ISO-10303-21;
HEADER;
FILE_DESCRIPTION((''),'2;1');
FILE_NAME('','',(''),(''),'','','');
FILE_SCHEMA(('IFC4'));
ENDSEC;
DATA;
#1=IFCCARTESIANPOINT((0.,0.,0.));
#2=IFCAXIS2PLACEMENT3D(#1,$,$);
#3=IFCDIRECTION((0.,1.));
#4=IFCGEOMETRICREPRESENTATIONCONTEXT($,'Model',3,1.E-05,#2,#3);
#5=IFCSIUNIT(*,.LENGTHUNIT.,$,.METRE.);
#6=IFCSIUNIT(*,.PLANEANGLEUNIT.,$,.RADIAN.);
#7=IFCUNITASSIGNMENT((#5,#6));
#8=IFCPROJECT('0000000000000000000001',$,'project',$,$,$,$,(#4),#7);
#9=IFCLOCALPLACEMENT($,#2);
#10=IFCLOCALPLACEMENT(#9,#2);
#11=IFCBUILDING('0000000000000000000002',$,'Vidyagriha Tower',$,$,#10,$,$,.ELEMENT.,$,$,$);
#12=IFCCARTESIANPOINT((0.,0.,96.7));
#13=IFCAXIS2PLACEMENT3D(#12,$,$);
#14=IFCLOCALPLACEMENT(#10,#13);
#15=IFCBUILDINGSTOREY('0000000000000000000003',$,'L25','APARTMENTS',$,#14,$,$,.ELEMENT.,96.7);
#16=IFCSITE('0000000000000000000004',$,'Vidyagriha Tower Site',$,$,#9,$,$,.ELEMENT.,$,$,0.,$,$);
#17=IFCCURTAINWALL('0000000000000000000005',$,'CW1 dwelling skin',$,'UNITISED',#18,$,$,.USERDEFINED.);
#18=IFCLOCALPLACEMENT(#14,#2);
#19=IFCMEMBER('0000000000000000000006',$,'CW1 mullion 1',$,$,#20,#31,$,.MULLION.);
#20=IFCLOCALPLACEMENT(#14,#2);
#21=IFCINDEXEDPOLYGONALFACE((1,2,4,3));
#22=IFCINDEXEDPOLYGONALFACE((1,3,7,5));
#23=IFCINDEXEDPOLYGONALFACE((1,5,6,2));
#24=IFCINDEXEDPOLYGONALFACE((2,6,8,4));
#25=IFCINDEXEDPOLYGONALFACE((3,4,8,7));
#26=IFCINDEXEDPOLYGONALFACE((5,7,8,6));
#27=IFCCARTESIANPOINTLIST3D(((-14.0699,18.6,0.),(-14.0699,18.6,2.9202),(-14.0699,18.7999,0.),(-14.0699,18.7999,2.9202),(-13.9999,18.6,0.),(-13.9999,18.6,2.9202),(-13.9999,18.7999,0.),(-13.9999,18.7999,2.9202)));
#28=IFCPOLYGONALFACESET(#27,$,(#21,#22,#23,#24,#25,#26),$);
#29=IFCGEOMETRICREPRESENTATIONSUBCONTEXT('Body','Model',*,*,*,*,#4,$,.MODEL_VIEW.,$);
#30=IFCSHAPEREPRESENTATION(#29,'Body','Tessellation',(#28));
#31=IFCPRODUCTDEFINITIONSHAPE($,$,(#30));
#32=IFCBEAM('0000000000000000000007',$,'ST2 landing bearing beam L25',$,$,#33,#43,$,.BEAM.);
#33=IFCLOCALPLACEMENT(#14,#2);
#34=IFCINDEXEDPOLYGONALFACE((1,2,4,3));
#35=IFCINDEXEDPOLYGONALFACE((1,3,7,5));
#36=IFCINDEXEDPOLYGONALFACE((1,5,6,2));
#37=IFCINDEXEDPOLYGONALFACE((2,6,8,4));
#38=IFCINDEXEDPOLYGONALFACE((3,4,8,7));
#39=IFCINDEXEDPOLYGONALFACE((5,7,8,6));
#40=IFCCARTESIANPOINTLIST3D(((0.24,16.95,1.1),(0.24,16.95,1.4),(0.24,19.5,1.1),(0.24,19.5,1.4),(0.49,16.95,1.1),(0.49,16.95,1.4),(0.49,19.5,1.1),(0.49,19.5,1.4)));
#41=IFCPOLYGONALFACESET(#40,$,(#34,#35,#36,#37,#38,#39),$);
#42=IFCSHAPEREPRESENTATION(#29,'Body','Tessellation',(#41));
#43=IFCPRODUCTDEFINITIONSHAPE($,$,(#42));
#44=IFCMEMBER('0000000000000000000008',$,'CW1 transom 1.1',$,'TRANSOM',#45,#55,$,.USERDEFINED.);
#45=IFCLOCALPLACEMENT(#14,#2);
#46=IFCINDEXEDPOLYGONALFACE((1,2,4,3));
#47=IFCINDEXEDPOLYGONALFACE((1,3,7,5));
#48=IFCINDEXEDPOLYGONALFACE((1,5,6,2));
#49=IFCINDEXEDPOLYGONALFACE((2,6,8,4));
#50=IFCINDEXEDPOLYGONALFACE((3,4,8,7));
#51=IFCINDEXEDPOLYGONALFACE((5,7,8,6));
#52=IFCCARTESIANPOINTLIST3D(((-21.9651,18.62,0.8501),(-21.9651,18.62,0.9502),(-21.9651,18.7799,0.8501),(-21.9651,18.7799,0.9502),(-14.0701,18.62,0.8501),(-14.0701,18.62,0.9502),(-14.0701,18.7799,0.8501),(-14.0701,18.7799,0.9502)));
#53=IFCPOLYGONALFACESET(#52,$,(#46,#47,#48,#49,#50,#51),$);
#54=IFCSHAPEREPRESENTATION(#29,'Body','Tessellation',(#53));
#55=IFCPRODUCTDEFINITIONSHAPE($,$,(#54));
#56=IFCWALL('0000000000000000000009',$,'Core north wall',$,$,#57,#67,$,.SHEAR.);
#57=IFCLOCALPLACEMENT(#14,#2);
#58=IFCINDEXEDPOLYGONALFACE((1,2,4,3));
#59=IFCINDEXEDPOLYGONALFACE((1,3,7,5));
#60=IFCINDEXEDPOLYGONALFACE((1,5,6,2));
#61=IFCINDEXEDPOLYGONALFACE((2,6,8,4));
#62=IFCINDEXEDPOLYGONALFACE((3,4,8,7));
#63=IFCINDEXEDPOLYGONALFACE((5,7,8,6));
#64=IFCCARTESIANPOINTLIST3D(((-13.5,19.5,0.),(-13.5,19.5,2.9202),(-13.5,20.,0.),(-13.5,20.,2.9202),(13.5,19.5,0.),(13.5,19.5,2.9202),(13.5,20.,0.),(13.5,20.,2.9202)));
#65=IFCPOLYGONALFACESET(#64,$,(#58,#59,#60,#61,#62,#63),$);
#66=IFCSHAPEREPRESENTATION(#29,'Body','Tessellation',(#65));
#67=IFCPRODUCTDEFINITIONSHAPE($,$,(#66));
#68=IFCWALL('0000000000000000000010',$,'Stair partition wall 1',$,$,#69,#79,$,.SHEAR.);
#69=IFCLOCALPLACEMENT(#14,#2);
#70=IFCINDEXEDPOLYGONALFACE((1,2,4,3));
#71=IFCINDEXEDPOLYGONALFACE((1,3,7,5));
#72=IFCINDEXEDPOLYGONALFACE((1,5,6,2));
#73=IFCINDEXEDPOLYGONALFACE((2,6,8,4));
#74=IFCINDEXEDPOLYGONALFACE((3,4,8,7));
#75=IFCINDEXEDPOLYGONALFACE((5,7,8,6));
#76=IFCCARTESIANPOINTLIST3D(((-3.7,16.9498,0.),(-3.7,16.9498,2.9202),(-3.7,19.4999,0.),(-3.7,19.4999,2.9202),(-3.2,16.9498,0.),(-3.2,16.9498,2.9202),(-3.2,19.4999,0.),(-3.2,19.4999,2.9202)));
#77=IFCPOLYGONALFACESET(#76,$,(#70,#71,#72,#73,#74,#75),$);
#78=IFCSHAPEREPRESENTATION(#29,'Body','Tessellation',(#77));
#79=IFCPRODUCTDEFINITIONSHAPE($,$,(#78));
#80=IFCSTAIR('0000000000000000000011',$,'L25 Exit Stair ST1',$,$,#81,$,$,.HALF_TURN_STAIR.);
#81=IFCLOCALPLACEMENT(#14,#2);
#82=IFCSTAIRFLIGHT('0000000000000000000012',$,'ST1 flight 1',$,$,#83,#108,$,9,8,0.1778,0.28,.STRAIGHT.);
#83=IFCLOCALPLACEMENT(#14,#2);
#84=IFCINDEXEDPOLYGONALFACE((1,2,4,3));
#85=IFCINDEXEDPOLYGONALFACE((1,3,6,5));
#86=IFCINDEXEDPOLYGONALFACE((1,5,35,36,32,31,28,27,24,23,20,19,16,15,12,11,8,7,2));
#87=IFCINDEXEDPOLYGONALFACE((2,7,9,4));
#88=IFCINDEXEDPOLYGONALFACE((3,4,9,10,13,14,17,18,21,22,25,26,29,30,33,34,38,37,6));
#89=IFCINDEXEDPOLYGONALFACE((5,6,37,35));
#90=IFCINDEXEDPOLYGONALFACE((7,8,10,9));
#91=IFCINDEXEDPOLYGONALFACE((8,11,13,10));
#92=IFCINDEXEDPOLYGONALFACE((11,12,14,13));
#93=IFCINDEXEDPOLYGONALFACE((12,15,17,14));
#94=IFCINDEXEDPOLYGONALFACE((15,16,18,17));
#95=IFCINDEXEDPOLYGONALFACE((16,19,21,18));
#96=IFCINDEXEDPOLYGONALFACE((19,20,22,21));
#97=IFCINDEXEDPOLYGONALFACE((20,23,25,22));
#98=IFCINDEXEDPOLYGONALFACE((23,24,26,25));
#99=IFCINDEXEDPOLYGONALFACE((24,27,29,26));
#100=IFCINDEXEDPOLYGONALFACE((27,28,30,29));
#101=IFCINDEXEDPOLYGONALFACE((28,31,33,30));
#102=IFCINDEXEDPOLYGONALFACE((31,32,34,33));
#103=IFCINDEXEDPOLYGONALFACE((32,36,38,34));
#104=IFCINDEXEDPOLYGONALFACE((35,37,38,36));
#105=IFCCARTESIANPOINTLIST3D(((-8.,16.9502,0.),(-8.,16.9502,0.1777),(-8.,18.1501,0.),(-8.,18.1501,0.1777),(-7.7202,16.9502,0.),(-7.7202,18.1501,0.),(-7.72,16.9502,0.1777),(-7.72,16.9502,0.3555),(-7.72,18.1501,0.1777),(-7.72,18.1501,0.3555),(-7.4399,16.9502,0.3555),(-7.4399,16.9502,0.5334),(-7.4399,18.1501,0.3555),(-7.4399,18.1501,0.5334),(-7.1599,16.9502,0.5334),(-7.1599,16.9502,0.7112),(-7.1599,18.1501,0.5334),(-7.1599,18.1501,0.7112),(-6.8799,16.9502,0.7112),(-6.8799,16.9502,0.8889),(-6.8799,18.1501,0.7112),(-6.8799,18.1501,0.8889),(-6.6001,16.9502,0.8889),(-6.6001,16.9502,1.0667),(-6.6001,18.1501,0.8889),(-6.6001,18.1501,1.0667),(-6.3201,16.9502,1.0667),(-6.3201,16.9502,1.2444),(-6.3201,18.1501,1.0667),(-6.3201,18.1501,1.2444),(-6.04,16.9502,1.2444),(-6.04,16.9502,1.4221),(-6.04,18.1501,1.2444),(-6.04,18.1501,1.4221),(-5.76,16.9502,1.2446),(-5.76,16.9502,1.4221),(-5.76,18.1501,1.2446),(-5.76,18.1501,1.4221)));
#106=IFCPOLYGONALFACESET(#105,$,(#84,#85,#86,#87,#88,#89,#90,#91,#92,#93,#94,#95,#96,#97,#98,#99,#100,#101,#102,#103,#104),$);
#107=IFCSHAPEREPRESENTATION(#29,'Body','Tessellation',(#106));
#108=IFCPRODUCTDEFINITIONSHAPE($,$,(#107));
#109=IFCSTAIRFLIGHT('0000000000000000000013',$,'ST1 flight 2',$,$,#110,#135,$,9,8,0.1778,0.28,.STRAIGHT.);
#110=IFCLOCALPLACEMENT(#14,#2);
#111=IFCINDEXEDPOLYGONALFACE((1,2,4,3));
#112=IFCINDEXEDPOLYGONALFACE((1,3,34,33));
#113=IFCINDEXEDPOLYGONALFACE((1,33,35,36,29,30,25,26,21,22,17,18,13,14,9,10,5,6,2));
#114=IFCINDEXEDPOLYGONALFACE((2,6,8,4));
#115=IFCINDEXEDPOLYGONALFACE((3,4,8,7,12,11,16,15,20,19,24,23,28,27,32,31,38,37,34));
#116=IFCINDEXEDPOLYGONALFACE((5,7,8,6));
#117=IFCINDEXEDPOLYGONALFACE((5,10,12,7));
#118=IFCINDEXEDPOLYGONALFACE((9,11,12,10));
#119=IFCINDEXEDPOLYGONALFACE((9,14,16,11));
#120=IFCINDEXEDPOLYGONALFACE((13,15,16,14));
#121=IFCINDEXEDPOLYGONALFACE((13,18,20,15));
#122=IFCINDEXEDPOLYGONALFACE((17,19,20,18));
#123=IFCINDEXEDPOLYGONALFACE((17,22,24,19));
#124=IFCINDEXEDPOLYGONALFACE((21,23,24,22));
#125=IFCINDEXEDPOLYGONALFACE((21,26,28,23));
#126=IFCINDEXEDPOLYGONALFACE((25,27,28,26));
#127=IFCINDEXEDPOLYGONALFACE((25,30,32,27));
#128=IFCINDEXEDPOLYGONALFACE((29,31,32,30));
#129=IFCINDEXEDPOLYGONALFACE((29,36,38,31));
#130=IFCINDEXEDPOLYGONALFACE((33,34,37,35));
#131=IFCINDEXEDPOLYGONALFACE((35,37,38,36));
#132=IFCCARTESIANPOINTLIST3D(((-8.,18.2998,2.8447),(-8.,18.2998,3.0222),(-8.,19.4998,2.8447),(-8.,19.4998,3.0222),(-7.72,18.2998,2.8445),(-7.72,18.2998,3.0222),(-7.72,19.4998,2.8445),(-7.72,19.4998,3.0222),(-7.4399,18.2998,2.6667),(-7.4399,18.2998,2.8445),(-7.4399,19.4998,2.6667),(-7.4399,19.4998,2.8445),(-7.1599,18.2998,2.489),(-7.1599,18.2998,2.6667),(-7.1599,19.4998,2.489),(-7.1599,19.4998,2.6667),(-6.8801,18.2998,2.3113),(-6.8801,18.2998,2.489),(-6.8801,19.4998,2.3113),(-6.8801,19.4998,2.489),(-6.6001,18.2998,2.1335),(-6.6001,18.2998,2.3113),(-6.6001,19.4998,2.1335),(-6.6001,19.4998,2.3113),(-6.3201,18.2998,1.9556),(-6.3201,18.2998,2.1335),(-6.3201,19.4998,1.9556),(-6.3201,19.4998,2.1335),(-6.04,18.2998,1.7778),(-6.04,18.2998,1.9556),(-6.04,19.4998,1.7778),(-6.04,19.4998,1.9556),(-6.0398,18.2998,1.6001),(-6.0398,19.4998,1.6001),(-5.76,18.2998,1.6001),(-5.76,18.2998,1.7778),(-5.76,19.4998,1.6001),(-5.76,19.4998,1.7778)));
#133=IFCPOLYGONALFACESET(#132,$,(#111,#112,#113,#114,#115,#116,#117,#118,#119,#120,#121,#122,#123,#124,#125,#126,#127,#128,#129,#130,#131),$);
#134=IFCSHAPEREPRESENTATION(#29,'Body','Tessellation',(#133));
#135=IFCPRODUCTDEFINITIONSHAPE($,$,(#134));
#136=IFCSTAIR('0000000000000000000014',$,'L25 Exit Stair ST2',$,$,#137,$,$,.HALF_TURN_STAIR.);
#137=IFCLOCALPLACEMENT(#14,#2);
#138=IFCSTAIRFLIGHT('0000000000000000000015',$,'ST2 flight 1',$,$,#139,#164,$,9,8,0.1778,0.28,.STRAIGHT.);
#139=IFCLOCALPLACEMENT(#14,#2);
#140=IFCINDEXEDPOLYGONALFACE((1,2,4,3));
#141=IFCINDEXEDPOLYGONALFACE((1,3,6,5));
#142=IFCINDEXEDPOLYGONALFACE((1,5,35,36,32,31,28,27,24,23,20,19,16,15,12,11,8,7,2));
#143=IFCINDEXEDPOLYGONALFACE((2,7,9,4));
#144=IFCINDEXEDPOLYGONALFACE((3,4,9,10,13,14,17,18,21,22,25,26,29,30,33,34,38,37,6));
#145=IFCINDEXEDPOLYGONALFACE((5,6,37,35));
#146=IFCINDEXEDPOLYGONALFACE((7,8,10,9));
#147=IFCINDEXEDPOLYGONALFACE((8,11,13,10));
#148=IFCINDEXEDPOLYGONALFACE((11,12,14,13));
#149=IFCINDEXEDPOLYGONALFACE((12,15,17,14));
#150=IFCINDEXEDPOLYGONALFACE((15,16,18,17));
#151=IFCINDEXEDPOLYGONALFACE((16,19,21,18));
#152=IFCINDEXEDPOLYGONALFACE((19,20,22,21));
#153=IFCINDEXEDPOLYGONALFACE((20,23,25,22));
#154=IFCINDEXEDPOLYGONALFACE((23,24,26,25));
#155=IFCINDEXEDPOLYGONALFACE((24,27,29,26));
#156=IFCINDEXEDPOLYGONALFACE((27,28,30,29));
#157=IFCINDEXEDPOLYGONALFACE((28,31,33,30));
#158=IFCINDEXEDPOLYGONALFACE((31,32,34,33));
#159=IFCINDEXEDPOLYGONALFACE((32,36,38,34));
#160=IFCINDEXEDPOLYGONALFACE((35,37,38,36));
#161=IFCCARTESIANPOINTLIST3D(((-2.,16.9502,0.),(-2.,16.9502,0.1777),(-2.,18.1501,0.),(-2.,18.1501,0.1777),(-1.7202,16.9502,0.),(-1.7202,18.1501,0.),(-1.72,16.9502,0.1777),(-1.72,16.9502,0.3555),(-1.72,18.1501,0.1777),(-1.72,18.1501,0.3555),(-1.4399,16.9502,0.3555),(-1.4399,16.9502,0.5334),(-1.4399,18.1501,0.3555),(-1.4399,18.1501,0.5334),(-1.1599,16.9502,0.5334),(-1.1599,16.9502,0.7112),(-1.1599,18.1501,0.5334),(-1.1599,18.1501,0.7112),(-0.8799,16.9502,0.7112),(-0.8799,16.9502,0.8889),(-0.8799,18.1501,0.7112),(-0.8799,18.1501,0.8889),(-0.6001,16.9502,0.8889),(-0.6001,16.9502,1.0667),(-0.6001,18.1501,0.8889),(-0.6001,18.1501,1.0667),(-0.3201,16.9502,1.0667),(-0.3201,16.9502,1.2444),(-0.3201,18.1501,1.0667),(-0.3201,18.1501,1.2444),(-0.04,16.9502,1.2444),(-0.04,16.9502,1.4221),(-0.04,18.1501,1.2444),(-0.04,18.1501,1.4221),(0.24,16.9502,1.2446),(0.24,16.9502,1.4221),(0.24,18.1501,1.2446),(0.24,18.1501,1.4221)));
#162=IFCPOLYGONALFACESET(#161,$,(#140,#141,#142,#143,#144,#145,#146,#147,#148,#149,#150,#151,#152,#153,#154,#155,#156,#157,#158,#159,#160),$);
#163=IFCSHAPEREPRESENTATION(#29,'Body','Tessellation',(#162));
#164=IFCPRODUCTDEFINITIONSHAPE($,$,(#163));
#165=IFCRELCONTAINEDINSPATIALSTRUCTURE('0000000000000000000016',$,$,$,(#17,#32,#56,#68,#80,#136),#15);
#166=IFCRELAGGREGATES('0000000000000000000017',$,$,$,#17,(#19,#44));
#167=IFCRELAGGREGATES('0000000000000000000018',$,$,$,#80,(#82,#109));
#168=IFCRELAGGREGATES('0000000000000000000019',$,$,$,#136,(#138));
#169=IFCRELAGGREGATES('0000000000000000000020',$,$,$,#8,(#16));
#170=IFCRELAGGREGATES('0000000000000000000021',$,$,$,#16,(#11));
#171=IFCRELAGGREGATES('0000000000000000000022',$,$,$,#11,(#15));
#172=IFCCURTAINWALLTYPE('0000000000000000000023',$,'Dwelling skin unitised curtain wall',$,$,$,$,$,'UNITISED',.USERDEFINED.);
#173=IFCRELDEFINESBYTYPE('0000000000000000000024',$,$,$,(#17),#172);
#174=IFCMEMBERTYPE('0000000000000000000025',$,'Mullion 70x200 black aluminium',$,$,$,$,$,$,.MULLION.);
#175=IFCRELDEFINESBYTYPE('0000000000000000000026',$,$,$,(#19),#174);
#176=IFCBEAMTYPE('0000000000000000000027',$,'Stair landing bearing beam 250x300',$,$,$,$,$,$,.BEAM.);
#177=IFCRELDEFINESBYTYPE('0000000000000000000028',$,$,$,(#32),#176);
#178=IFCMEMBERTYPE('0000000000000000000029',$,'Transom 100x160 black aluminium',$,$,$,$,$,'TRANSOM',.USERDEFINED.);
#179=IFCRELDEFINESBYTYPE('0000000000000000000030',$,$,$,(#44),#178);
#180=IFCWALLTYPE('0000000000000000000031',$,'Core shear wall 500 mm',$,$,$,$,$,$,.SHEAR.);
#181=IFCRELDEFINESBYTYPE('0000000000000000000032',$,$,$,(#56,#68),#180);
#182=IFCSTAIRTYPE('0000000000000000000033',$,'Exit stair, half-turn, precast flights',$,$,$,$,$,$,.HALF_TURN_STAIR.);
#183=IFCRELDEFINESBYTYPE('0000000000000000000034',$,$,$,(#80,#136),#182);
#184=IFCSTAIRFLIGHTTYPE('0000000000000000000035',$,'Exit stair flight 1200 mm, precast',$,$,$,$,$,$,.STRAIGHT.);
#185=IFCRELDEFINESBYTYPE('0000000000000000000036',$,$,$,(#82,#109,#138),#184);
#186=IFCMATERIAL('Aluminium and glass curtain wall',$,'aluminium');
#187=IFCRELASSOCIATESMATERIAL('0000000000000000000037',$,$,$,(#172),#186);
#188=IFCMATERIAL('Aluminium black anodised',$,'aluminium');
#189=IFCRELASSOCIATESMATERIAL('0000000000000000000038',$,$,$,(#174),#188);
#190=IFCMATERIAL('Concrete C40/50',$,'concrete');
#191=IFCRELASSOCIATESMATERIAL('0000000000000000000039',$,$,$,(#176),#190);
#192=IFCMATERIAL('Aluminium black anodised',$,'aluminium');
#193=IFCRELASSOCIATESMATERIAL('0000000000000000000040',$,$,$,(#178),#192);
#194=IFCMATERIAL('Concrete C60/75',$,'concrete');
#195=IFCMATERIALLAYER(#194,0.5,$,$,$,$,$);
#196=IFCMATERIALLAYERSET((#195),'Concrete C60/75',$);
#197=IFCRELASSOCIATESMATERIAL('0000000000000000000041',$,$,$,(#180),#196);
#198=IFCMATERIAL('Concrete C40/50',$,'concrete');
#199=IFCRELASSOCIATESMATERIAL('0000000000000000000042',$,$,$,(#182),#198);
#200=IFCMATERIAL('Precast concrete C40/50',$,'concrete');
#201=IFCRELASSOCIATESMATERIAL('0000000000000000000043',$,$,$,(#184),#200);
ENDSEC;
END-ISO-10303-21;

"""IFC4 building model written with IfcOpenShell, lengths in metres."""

from ifc_helpers import new_model, si_unit, direction, frame, frame_2d, origin, origin_2d, place, context, subcontext, project, spatial, polyline, rectangle, outline, extrude, material, layer, layer_set, material_profile, profile_set, type_object, element, aggregate, save


model = new_model("IFC4")

# Units and contexts
model_context = context("Model", 3, precision=1e-05, world=origin(), true_north=direction((0.0, 1.0)))
body_context = subcontext(model_context, "Body", "Model", "MODEL_VIEW")
ifc_project = project(units=[si_unit("LENGTHUNIT", "METRE"), si_unit("PLANEANGLEUNIT", "RADIAN")], contexts=[model_context])

# Site, building, storey
site_placement = place(None, origin())
site = spatial("IfcSite", under=ifc_project, at=site_placement, Name="Vidyagriha Tower Site", CompositionType="ELEMENT", RefElevation=0.0)
building_placement = place(site_placement, origin())
building = spatial("IfcBuilding", under=site, at=building_placement, Name="Vidyagriha Tower", CompositionType="ELEMENT")
storey_placement = place(building_placement, frame((0.0, 0.0, 96.7)))
storey = spatial("IfcBuildingStorey", under=building, at=storey_placement, Name="L25", Description="APARTMENTS", CompositionType="ELEMENT", Elevation=96.7)

# Curtain wall, member
ifc_material_1 = material(Name="Aluminium and glass curtain wall", Category="aluminium")
curtain_wall_type = type_object("IfcCurtainWallType", Name="Dwelling skin unitised curtain wall", ElementType="UNITISED", PredefinedType="USERDEFINED", material=ifc_material_1)
curtain_wall_placement = place(storey_placement, origin())
curtain_wall = element("IfcCurtainWall", 1, at=curtain_wall_placement, inside=storey, type_object=curtain_wall_type, Name="CW1 dwelling skin", ObjectType="UNITISED", PredefinedType="USERDEFINED")
ifc_material_2 = material(Name="Aluminium black anodised", Category="aluminium")
ifc_material_profile_1 = material_profile(ifc_material_2, rectangle(XDim=0.2, YDim=0.0701, at=origin_2d()), Name="Mullion 70x200 black aluminium")
ifc_profile_set_1 = profile_set([ifc_material_profile_1], Name="Aluminium black anodised")
member_type_1 = type_object("IfcMemberType", Name="Mullion 70x200 black aluminium", PredefinedType="MULLION", material=ifc_profile_set_1)
member_1_placement = place(storey_placement, frame((-14.0349, 18.7, 0.0), z_axis=(0.0, 0.0, 1.0), x_axis=(0.0, -1.0, 0.0)))
member_1 = element("IfcMember", 2, at=member_1_placement, type_object=member_type_1, Name="CW1 mullion 1", PredefinedType="MULLION", context=body_context, shape_type="SweptSolid", body=[
    extrude(rectangle(XDim=0.2, YDim=0.0701, at=origin_2d()), origin(), (0.0, 0.0, 1.0), 2.9202),
])

# Beam
ifc_material_3 = material(Name="Concrete C40/50", Category="concrete")
ifc_material_profile_2 = material_profile(ifc_material_3, rectangle(XDim=0.25, YDim=0.3, at=origin_2d()), Name="Stair landing bearing beam 250x300")
ifc_profile_set_2 = profile_set([ifc_material_profile_2], Name="Concrete C40/50")
beam_type = type_object("IfcBeamType", Name="Stair landing bearing beam 250x300", PredefinedType="BEAM", material=ifc_profile_set_2)
beam_placement = place(storey_placement, frame((0.365, 16.95, 1.25), z_axis=(0.0, 1.0, 0.0), x_axis=(-1.0, 0.0, 0.0)))
element("IfcBeam", 3, at=beam_placement, inside=storey, type_object=beam_type, Name="ST2 landing bearing beam L25", PredefinedType="BEAM", context=body_context, shape_type="SweptSolid", body=[
    extrude(rectangle(XDim=0.25, YDim=0.3, at=origin_2d()), origin(), (0.0, 0.0, 1.0), 2.55),
])

# Member
ifc_material_4 = material(Name="Aluminium black anodised", Category="aluminium")
ifc_material_profile_3 = material_profile(ifc_material_4, rectangle(XDim=0.1599, YDim=0.1001, at=origin_2d()), Name="Transom 100x160 black aluminium")
ifc_profile_set_3 = profile_set([ifc_material_profile_3], Name="Aluminium black anodised")
member_type_2 = type_object("IfcMemberType", Name="Transom 100x160 black aluminium", ElementType="TRANSOM", PredefinedType="USERDEFINED", material=ifc_profile_set_3)
member_2_placement = place(storey_placement, frame((-14.0701, 18.7, 0.9001), z_axis=(-1.0, 0.0, 0.0), x_axis=(0.0, -1.0, 0.0)))
member_2 = element("IfcMember", 4, at=member_2_placement, type_object=member_type_2, Name="CW1 transom 1.1", ObjectType="TRANSOM", PredefinedType="USERDEFINED", context=body_context, shape_type="SweptSolid", body=[
    extrude(rectangle(XDim=0.1599, YDim=0.1001, at=origin_2d()), origin(), (0.0, 0.0, 1.0), 7.895),
])
aggregate(curtain_wall, [member_1, member_2])

# Walls
ifc_material_5 = material(Name="Concrete C60/75", Category="concrete")
ifc_layer_1 = layer(ifc_material_5, 0.5)
ifc_layer_set_1 = layer_set([ifc_layer_1], Name="Concrete C60/75")
wall_type = type_object("IfcWallType", Name="Core shear wall 500 mm", PredefinedType="SHEAR", material=ifc_layer_set_1)
wall_1_placement = place(storey_placement, frame((-13.5, 19.75, 0.0)))
element("IfcWall", 5, at=wall_1_placement, inside=storey, type_object=wall_type, Name="Core north wall", PredefinedType="SHEAR", context=body_context, shape_type="SweptSolid", body=[
    extrude(rectangle(XDim=27.0, YDim=0.5, at=frame_2d((13.5, 0.0))), origin(), (0.0, 0.0, 1.0), 2.9202),
])
wall_2_placement = place(storey_placement, frame((-3.45, 16.95, 0.0), z_axis=(0.0, 0.0, 1.0), x_axis=(0.0, 1.0, 0.0)))
element("IfcWall", 6, at=wall_2_placement, inside=storey, type_object=wall_type, Name="Stair partition wall 1", PredefinedType="SHEAR", context=body_context, shape_type="SweptSolid", body=[
    extrude(rectangle(XDim=2.55, YDim=0.5, at=frame_2d((1.2749, 0.0))), origin(), (0.0, 0.0, 1.0), 2.9202),
])

# Stairs, stair flights
ifc_material_6 = material(Name="Concrete C40/50", Category="concrete")
stair_type = type_object("IfcStairType", Name="Exit stair, half-turn, precast flights", PredefinedType="HALF_TURN_STAIR", material=ifc_material_6)
stair_1_placement = place(storey_placement, origin())
stair_1 = element("IfcStair", 7, at=stair_1_placement, inside=storey, type_object=stair_type, Name="L25 Exit Stair ST1", PredefinedType="HALF_TURN_STAIR")
ifc_material_7 = material(Name="Precast concrete C40/50", Category="concrete")
stair_flight_type = type_object("IfcStairFlightType", Name="Exit stair flight 1200 mm, precast", PredefinedType="STRAIGHT", material=ifc_material_7)
stair_flight_1_placement = place(storey_placement, frame((-8.0, 17.55, 0.0)))
stair_flight_1 = element("IfcStairFlight", 8, at=stair_flight_1_placement, type_object=stair_flight_type, Name="ST1 flight 1", NumberOfRisers=9, NumberOfTreads=8, PredefinedType="STRAIGHT", RiserHeight=0.1778, TreadLength=0.28, context=body_context, shape_type="SweptSolid", body=[
    extrude(outline(polyline([(0.0, 0.0), (0.0, 0.1777), (0.28, 0.1777), (0.28, 0.3555), (0.5601, 0.3555), (0.5601, 0.5334), (0.8401, 0.5334), (0.8401, 0.7112), (1.1201, 0.7112), (1.1201, 0.8889), (1.3999, 0.8889), (1.3999, 1.0667), (1.6799, 1.0667), (1.6799, 1.2444), (1.96, 1.2444), (1.96, 1.4221), (2.24, 1.4221), (2.24, 1.6001), (2.24, 1.2446), (0.2798, 0.0), (0.0, 0.0)])), frame((0.0, 0.6001, 0.0), z_axis=(0.0, -1.0, 0.0), x_axis=(1.0, 0.0, 0.0)), (0.0, 0.0, 1.0), 1.2),
])
stair_flight_2_placement = place(storey_placement, frame((-5.76, 18.8999, 1.6001), z_axis=(0.0, 0.0, 1.0), x_axis=(-1.0, 0.0, 0.0)))
stair_flight_2 = element("IfcStairFlight", 9, at=stair_flight_2_placement, type_object=stair_flight_type, Name="ST1 flight 2", NumberOfRisers=9, NumberOfTreads=8, PredefinedType="STRAIGHT", RiserHeight=0.1778, TreadLength=0.28, context=body_context, shape_type="SweptSolid", body=[
    extrude(outline(polyline([(0.0, 0.0), (0.0, 0.1777), (0.28, 0.1777), (0.28, 0.3555), (0.5601, 0.3555), (0.5601, 0.5334), (0.8401, 0.5334), (0.8401, 0.7112), (1.1201, 0.7112), (1.1201, 0.8889), (1.3999, 0.8889), (1.3999, 1.0667), (1.6799, 1.0667), (1.6799, 1.2444), (1.96, 1.2444), (1.96, 1.4221), (2.24, 1.4221), (2.24, 1.6001), (2.24, 1.2446), (0.2798, 0.0), (0.0, 0.0)])), frame((0.0, 0.6001, 0.0), z_axis=(0.0, -1.0, 0.0), x_axis=(1.0, 0.0, 0.0)), (0.0, 0.0, 1.0), 1.2),
])
aggregate(stair_1, [stair_flight_1, stair_flight_2])
stair_2_placement = place(storey_placement, origin())
stair_2 = element("IfcStair", 10, at=stair_2_placement, inside=storey, type_object=stair_type, Name="L25 Exit Stair ST2", PredefinedType="HALF_TURN_STAIR")
stair_flight_3_placement = place(storey_placement, frame((-2.0, 17.55, 0.0)))
stair_flight_3 = element("IfcStairFlight", 11, at=stair_flight_3_placement, type_object=stair_flight_type, Name="ST2 flight 1", NumberOfRisers=9, NumberOfTreads=8, PredefinedType="STRAIGHT", RiserHeight=0.1778, TreadLength=0.28, context=body_context, shape_type="SweptSolid", body=[
    extrude(outline(polyline([(0.0, 0.0), (0.0, 0.1777), (0.28, 0.1777), (0.28, 0.3555), (0.5601, 0.3555), (0.5601, 0.5334), (0.8401, 0.5334), (0.8401, 0.7112), (1.1201, 0.7112), (1.1201, 0.8889), (1.3999, 0.8889), (1.3999, 1.0667), (1.6799, 1.0667), (1.6799, 1.2444), (1.96, 1.2444), (1.96, 1.4221), (2.24, 1.4221), (2.24, 1.6001), (2.24, 1.2446), (0.2798, 0.0), (0.0, 0.0)])), frame((0.0, 0.6001, 0.0), z_axis=(0.0, -1.0, 0.0), x_axis=(1.0, 0.0, 0.0)), (0.0, 0.0, 1.0), 1.2),
])
aggregate(stair_2, [stair_flight_3])

save(model, "model.ifc")
